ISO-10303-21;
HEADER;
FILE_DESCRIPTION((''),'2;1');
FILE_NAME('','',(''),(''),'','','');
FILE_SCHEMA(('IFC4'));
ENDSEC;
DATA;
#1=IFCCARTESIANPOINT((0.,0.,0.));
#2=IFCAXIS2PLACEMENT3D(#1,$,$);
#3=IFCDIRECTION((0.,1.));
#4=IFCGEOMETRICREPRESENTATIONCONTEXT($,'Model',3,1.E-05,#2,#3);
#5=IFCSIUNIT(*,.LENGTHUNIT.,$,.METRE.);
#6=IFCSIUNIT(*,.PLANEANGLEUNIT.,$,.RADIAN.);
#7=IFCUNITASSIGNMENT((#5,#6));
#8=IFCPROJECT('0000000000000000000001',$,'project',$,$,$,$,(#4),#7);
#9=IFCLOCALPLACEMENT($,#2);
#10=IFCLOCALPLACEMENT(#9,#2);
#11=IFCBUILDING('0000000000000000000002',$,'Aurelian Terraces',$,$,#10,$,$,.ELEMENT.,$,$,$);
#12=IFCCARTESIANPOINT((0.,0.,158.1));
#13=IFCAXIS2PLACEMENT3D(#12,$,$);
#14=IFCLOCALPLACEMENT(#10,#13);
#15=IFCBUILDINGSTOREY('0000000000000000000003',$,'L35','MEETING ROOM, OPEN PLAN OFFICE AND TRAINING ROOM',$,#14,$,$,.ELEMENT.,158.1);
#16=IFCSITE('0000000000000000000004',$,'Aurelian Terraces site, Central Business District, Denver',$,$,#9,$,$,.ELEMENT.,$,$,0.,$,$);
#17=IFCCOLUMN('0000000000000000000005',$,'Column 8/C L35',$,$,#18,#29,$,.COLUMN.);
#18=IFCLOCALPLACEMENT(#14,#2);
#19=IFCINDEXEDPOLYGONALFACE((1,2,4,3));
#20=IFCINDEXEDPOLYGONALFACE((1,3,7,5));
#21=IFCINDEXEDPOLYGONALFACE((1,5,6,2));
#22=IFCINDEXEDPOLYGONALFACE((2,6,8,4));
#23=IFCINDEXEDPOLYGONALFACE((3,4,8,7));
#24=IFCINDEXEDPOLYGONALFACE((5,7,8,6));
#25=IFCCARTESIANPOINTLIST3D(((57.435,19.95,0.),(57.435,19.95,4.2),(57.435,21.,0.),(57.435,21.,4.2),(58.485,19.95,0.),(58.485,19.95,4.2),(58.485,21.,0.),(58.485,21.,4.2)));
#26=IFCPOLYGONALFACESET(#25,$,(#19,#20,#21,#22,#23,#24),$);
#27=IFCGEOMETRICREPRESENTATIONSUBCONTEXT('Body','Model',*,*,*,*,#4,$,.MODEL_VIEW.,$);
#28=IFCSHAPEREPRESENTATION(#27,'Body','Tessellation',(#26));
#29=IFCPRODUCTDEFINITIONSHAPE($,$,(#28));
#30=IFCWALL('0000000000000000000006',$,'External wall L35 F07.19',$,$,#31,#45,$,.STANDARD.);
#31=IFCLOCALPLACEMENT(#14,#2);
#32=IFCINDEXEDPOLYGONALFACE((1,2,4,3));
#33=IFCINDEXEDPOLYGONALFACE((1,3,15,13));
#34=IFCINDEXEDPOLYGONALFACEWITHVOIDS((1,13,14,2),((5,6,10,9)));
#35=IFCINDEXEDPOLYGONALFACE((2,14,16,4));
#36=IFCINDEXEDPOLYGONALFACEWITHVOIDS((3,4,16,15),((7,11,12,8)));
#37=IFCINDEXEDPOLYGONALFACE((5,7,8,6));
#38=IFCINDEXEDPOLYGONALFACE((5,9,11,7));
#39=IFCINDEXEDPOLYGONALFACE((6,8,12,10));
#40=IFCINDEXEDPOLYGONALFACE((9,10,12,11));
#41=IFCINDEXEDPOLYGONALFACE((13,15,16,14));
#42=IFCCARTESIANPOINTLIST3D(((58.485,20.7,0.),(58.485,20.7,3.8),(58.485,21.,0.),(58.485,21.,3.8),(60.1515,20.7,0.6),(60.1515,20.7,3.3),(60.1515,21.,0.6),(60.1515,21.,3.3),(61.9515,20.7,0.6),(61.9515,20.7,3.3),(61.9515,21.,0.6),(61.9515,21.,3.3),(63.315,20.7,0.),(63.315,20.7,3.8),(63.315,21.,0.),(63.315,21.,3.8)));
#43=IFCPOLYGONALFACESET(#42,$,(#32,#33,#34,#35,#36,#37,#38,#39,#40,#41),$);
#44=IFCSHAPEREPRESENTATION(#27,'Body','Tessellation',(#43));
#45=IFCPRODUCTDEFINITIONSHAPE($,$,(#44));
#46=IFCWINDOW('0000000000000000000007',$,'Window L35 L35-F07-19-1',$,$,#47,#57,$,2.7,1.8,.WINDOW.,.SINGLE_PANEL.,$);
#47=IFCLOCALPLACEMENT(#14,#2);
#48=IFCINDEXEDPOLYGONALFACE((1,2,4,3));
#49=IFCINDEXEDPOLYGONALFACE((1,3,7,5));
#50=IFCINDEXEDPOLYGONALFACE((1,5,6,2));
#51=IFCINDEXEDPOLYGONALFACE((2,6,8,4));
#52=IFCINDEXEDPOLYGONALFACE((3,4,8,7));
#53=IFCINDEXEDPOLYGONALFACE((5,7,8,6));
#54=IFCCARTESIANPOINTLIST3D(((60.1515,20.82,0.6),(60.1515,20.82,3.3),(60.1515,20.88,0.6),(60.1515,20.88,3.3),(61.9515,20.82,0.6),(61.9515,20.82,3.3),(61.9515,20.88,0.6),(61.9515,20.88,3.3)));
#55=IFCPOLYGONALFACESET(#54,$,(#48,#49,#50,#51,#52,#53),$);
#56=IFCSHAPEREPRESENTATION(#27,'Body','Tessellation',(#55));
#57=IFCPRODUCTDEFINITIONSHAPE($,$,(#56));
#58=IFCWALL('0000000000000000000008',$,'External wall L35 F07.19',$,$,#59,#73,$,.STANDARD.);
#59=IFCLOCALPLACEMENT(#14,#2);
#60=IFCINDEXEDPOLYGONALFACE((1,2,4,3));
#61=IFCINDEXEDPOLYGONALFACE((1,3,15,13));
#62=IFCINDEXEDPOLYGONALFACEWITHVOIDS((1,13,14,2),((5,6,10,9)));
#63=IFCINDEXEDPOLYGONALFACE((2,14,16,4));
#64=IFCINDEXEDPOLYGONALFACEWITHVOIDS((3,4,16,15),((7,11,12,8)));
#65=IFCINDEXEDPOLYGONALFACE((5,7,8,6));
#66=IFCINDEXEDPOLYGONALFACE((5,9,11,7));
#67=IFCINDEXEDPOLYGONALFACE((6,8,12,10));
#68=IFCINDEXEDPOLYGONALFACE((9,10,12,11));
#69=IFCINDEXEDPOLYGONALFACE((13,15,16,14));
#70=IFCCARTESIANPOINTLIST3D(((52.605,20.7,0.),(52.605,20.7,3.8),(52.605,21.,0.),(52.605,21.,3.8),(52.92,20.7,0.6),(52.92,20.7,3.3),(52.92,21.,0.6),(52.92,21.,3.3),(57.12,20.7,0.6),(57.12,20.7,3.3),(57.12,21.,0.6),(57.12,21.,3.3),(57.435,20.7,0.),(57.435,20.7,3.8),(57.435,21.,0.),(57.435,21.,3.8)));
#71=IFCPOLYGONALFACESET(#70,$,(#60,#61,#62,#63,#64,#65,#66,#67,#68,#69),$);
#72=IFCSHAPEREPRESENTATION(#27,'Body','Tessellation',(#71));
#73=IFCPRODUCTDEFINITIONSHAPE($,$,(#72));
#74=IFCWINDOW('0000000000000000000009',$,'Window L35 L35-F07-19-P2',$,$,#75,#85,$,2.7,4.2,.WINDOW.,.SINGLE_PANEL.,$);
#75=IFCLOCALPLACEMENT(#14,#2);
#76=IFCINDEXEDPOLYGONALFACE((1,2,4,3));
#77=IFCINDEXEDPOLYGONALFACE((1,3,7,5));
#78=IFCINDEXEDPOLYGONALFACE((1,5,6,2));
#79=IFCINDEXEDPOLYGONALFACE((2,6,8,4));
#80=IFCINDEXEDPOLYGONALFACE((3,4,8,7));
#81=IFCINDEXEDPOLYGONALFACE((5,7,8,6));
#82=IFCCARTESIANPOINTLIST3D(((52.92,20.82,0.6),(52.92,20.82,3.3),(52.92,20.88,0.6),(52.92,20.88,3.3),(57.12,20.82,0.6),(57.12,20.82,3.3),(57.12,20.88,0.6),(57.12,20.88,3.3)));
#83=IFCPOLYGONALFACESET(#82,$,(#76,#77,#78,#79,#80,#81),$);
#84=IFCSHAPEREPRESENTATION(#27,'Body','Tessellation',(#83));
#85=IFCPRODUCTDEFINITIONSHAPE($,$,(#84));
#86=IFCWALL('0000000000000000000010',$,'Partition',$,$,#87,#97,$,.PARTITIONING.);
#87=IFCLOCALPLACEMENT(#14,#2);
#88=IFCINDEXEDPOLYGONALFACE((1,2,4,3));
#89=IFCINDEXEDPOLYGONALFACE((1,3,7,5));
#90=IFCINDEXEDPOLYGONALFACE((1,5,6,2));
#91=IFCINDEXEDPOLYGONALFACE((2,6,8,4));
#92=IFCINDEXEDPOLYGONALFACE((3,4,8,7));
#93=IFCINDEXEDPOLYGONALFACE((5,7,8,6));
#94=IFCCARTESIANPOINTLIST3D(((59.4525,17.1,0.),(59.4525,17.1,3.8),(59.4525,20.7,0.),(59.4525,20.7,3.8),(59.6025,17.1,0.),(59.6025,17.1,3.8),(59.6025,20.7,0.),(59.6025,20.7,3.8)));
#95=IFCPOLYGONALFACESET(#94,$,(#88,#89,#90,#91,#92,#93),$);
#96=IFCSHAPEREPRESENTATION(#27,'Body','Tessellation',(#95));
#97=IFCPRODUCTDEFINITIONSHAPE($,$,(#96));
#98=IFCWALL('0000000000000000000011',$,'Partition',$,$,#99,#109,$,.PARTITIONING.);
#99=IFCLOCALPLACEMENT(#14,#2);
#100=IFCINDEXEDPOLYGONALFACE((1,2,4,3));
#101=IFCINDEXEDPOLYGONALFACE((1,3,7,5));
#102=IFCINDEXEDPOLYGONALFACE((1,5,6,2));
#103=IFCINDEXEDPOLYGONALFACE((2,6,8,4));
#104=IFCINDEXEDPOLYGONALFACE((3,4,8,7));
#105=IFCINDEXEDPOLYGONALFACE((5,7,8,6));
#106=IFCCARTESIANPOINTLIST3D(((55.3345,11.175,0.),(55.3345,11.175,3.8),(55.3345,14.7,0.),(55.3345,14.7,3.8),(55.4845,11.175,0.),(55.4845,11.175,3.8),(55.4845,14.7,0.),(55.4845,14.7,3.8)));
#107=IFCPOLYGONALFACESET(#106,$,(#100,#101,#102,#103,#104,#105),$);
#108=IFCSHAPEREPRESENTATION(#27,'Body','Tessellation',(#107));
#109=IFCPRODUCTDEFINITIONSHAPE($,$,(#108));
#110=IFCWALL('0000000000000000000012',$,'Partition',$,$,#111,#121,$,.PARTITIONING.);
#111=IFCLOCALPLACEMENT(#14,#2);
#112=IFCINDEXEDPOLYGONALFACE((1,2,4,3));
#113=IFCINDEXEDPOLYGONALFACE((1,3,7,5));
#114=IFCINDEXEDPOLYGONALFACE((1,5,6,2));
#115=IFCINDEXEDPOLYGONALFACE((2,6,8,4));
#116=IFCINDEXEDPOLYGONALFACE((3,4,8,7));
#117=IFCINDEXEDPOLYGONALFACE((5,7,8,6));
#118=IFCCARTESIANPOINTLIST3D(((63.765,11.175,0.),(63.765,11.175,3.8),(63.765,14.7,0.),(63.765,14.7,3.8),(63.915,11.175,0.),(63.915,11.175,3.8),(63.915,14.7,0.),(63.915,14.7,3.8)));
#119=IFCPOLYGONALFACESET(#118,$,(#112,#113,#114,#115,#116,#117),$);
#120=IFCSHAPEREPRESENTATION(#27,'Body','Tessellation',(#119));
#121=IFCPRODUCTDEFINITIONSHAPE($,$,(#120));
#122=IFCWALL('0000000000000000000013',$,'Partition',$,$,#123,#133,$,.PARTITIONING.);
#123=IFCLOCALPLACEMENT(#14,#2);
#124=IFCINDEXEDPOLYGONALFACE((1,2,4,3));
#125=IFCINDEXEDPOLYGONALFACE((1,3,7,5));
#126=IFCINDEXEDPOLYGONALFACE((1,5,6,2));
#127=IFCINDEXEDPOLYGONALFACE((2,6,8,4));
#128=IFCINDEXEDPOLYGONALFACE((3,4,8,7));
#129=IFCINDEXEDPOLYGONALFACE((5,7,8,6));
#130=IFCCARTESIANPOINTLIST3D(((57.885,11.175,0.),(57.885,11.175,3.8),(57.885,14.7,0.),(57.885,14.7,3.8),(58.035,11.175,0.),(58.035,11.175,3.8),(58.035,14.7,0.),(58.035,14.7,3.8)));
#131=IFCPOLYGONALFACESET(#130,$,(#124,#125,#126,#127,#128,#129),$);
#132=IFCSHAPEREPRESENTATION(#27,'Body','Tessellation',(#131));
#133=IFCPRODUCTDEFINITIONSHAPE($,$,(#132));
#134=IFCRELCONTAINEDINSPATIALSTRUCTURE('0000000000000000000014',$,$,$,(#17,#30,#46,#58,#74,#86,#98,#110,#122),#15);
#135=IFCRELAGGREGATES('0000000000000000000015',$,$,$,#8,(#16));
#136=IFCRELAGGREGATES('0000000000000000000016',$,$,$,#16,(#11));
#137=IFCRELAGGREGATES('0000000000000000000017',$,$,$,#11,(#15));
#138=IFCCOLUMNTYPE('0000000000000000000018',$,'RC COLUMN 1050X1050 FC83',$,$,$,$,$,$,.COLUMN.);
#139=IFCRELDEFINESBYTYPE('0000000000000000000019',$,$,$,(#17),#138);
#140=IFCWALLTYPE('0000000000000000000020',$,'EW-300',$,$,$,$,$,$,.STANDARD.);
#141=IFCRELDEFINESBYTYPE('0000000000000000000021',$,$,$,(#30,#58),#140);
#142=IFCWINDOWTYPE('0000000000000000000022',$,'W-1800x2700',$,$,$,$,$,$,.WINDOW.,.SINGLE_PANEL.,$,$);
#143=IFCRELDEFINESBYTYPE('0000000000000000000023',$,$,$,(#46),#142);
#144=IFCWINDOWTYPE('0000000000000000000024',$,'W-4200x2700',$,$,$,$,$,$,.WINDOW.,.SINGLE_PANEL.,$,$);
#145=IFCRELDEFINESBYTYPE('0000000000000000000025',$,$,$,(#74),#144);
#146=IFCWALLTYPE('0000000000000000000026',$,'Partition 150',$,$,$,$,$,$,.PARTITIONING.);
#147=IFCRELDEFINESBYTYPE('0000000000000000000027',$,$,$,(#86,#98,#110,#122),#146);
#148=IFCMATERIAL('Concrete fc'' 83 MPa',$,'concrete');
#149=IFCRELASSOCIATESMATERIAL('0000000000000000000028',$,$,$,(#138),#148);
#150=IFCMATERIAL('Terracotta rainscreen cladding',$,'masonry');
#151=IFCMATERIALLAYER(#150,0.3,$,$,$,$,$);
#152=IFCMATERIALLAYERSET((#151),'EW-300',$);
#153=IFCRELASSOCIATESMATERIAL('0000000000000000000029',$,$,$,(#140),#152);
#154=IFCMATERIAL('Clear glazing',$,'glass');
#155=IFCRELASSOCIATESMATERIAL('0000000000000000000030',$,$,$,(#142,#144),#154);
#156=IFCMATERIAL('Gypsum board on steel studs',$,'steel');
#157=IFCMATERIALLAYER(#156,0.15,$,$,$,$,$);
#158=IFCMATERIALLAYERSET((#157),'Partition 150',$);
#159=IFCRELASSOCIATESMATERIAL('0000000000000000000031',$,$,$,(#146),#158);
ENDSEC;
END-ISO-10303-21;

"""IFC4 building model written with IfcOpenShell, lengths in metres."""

from ifc_helpers import new_model, si_unit, direction, frame, frame_2d, origin, origin_2d, place, context, subcontext, project, spatial, rectangle, extrude, source, transform, mapped, material, layer, layer_set, material_profile, profile_set, type_object, element, fill, save


model = new_model("IFC4")

# Units and contexts
model_context = context("Model", 3, precision=1e-05, world=origin(), true_north=direction((0.0, 1.0)))
body_context = subcontext(model_context, "Body", "Model", "MODEL_VIEW")
ifc_project = project(units=[si_unit("LENGTHUNIT", "METRE"), si_unit("PLANEANGLEUNIT", "RADIAN")], contexts=[model_context])

# Site, building, storey
site_placement = place(None, origin())
site = spatial("IfcSite", under=ifc_project, at=site_placement, Name="Aurelian Terraces site, Central Business District, Denver", CompositionType="ELEMENT", RefElevation=0.0)
building_placement = place(site_placement, origin())
building = spatial("IfcBuilding", under=site, at=building_placement, Name="Aurelian Terraces", CompositionType="ELEMENT")
storey_placement = place(building_placement, frame((0.0, 0.0, 158.1)))
storey = spatial("IfcBuildingStorey", under=building, at=storey_placement, Name="L35", Description="MEETING ROOM, OPEN PLAN OFFICE AND TRAINING ROOM", CompositionType="ELEMENT", Elevation=158.1)

# Column
ifc_material_1 = material(Name="Concrete fc' 83 MPa", Category="concrete")
ifc_material_profile = material_profile(ifc_material_1, rectangle(XDim=1.05, YDim=1.05, at=origin_2d()))
ifc_profile_set = profile_set([ifc_material_profile], Name="Concrete fc' 83 MPa")
column_type = type_object("IfcColumnType", Name="RC COLUMN 1050X1050 FC83", PredefinedType="COLUMN", material=ifc_profile_set)
shared_shape_1 = source(origin(), body_context, "Body", "SweptSolid", [
    extrude(rectangle(XDim=1.05, YDim=1.05, at=origin_2d()), origin(), (0.0, 0.0, 1.0), 4.2),
])
column_placement = place(storey_placement, frame((57.96, 20.475, 0.0), z_axis=(0.0, 0.0, 1.0), x_axis=(1.0, 0.0, 0.0)))
element("IfcColumn", 1, at=column_placement, inside=storey, type_object=column_type, Name="Column 8/C L35", PredefinedType="COLUMN", context=body_context, shape_type="MappedRepresentation", body=[
    mapped(shared_shape_1, transform((0.0, 0.0, 0.0), scale=1.0)),
])

# Walls, openings, windows
ifc_material_2 = material(Name="Terracotta rainscreen cladding", Category="masonry")
ifc_layer_1 = layer(ifc_material_2, 0.3)
ifc_layer_set_1 = layer_set([ifc_layer_1], Name="EW-300")
wall_type_1 = type_object("IfcWallType", Name="EW-300", PredefinedType="STANDARD", material=ifc_layer_set_1)
shared_shape_2 = source(origin(), body_context, "Body", "SweptSolid", [
    extrude(rectangle(XDim=4.83, YDim=0.3, at=frame_2d((2.415, 0.0))), origin(), (0.0, 0.0, 1.0), 3.8),
])
wall_1_placement = place(storey_placement, frame((63.315, 20.85, 0.0), z_axis=(0.0, 0.0, 1.0), x_axis=(-1.0, 0.0, 0.0)))
wall_1 = element("IfcWall", 2, at=wall_1_placement, inside=storey, type_object=wall_type_1, Name="External wall L35 F07.19", PredefinedType="STANDARD", context=body_context, shape_type="MappedRepresentation", body=[
    mapped(shared_shape_2, transform((0.0, 0.0, 0.0), scale=1.0)),
])
shared_shape_3 = source(origin(), body_context, "Body", "SweptSolid", [
    extrude(rectangle(XDim=1.8, YDim=2.7, at=frame_2d((0.9, 1.35))), frame((0.0, 0.16, 0.0), z_axis=(0.0, -1.0, 0.0), x_axis=(1.0, 0.0, 0.0)), (0.0, 0.0, 1.0), 0.32),
])
opening_1_placement = place(wall_1_placement, frame((1.3635, 0.0, 0.6)))
opening_1 = element("IfcOpeningElement", 3, at=opening_1_placement, cuts=wall_1, PredefinedType="OPENING", context=body_context, shape_type="MappedRepresentation", body=[
    mapped(shared_shape_3, transform((0.0, 0.0, 0.0), scale=1.0)),
])
ifc_material_3 = material(Name="Clear glazing", Category="glass")
window_type_1 = type_object("IfcWindowType", Name="W-1800x2700", PartitioningType="SINGLE_PANEL", PredefinedType="WINDOW", material=ifc_material_3)
shared_shape_4 = source(origin(), body_context, "Body", "SweptSolid", [
    extrude(rectangle(XDim=1.8, YDim=2.7, at=frame_2d((0.9, 1.35))), frame((0.0, 0.03, 0.0), z_axis=(0.0, -1.0, 0.0), x_axis=(1.0, 0.0, 0.0)), (0.0, 0.0, 1.0), 0.06),
])
window_1_placement = place(opening_1_placement, origin())
window_1 = element("IfcWindow", 4, at=window_1_placement, inside=storey, type_object=window_type_1, Name="Window L35 L35-F07-19-1", OverallHeight=2.7, OverallWidth=1.8, PartitioningType="SINGLE_PANEL", PredefinedType="WINDOW", context=body_context, shape_type="MappedRepresentation", body=[
    mapped(shared_shape_4, transform((0.0, 0.0, 0.0), scale=1.0)),
])
fill(opening_1, window_1)
wall_2_placement = place(storey_placement, frame((57.435, 20.85, 0.0), z_axis=(0.0, 0.0, 1.0), x_axis=(-1.0, 0.0, 0.0)))
wall_2 = element("IfcWall", 5, at=wall_2_placement, inside=storey, type_object=wall_type_1, Name="External wall L35 F07.19", PredefinedType="STANDARD", context=body_context, shape_type="MappedRepresentation", body=[
    mapped(shared_shape_2, transform((0.0, 0.0, 0.0), scale=1.0)),
])
shared_shape_5 = source(origin(), body_context, "Body", "SweptSolid", [
    extrude(rectangle(XDim=4.2, YDim=2.7, at=frame_2d((2.1, 1.35))), frame((0.0, 0.16, 0.0), z_axis=(0.0, -1.0, 0.0), x_axis=(1.0, 0.0, 0.0)), (0.0, 0.0, 1.0), 0.32),
])
opening_2_placement = place(wall_2_placement, frame((0.315, 0.0, 0.6)))
opening_2 = element("IfcOpeningElement", 6, at=opening_2_placement, cuts=wall_2, PredefinedType="OPENING", context=body_context, shape_type="MappedRepresentation", body=[
    mapped(shared_shape_5, transform((0.0, 0.0, 0.0), scale=1.0)),
])
window_type_2 = type_object("IfcWindowType", Name="W-4200x2700", PartitioningType="SINGLE_PANEL", PredefinedType="WINDOW", material=ifc_material_3)
shared_shape_6 = source(origin(), body_context, "Body", "SweptSolid", [
    extrude(rectangle(XDim=4.2, YDim=2.7, at=frame_2d((2.1, 1.35))), frame((0.0, 0.03, 0.0), z_axis=(0.0, -1.0, 0.0), x_axis=(1.0, 0.0, 0.0)), (0.0, 0.0, 1.0), 0.06),
])
window_2_placement = place(opening_2_placement, origin())
window_2 = element("IfcWindow", 7, at=window_2_placement, inside=storey, type_object=window_type_2, Name="Window L35 L35-F07-19-P2", OverallHeight=2.7, OverallWidth=4.2, PartitioningType="SINGLE_PANEL", PredefinedType="WINDOW", context=body_context, shape_type="MappedRepresentation", body=[
    mapped(shared_shape_6, transform((0.0, 0.0, 0.0), scale=1.0)),
])
fill(opening_2, window_2)

# Walls
ifc_material_4 = material(Name="Gypsum board on steel studs", Category="steel")
ifc_layer_2 = layer(ifc_material_4, 0.15)
ifc_layer_set_2 = layer_set([ifc_layer_2], Name="Partition 150")
wall_type_2 = type_object("IfcWallType", Name="Partition 150", PredefinedType="PARTITIONING", material=ifc_layer_set_2)
shared_shape_7 = source(origin(), body_context, "Body", "SweptSolid", [
    extrude(rectangle(XDim=3.6, YDim=0.15, at=frame_2d((1.8, 0.0))), origin(), (0.0, 0.0, 1.0), 3.8),
])
wall_3_placement = place(storey_placement, frame((59.5275, 20.7, 0.0), z_axis=(0.0, 0.0, 1.0), x_axis=(0.0, -1.0, 0.0)))
element("IfcWall", 8, at=wall_3_placement, inside=storey, type_object=wall_type_2, Name="Partition", PredefinedType="PARTITIONING", context=body_context, shape_type="MappedRepresentation", body=[
    mapped(shared_shape_7, transform((0.0, 0.0, 0.0), scale=1.0)),
])
shared_shape_8 = source(origin(), body_context, "Body", "SweptSolid", [
    extrude(rectangle(XDim=3.525, YDim=0.15, at=frame_2d((1.7625, 0.0))), origin(), (0.0, 0.0, 1.0), 3.8),
])
for number, where, z_axis, x_axis, name in (
    (9, (55.4095, 11.175, 0.0), (0.0, 0.0, 1.0), (0.0, 1.0, 0.0), "Partition"),
    (10, (63.84, 11.175, 0.0), (0.0, 0.0, 1.0), (0.0, 1.0, 0.0), "Partition"),
    (11, (57.96, 11.175, 0.0), (0.0, 0.0, 1.0), (0.0, 1.0, 0.0), "Partition"),
):
    element("IfcWall", number, at=place(storey_placement, frame(where, z_axis=z_axis, x_axis=x_axis)), inside=storey, type_object=wall_type_2, Name=name, PredefinedType="PARTITIONING", context=body_context, shape_type="MappedRepresentation", body=[
        mapped(shared_shape_8, transform((0.0, 0.0, 0.0), scale=1.0)),
    ])

save(model, "model.ifc")
